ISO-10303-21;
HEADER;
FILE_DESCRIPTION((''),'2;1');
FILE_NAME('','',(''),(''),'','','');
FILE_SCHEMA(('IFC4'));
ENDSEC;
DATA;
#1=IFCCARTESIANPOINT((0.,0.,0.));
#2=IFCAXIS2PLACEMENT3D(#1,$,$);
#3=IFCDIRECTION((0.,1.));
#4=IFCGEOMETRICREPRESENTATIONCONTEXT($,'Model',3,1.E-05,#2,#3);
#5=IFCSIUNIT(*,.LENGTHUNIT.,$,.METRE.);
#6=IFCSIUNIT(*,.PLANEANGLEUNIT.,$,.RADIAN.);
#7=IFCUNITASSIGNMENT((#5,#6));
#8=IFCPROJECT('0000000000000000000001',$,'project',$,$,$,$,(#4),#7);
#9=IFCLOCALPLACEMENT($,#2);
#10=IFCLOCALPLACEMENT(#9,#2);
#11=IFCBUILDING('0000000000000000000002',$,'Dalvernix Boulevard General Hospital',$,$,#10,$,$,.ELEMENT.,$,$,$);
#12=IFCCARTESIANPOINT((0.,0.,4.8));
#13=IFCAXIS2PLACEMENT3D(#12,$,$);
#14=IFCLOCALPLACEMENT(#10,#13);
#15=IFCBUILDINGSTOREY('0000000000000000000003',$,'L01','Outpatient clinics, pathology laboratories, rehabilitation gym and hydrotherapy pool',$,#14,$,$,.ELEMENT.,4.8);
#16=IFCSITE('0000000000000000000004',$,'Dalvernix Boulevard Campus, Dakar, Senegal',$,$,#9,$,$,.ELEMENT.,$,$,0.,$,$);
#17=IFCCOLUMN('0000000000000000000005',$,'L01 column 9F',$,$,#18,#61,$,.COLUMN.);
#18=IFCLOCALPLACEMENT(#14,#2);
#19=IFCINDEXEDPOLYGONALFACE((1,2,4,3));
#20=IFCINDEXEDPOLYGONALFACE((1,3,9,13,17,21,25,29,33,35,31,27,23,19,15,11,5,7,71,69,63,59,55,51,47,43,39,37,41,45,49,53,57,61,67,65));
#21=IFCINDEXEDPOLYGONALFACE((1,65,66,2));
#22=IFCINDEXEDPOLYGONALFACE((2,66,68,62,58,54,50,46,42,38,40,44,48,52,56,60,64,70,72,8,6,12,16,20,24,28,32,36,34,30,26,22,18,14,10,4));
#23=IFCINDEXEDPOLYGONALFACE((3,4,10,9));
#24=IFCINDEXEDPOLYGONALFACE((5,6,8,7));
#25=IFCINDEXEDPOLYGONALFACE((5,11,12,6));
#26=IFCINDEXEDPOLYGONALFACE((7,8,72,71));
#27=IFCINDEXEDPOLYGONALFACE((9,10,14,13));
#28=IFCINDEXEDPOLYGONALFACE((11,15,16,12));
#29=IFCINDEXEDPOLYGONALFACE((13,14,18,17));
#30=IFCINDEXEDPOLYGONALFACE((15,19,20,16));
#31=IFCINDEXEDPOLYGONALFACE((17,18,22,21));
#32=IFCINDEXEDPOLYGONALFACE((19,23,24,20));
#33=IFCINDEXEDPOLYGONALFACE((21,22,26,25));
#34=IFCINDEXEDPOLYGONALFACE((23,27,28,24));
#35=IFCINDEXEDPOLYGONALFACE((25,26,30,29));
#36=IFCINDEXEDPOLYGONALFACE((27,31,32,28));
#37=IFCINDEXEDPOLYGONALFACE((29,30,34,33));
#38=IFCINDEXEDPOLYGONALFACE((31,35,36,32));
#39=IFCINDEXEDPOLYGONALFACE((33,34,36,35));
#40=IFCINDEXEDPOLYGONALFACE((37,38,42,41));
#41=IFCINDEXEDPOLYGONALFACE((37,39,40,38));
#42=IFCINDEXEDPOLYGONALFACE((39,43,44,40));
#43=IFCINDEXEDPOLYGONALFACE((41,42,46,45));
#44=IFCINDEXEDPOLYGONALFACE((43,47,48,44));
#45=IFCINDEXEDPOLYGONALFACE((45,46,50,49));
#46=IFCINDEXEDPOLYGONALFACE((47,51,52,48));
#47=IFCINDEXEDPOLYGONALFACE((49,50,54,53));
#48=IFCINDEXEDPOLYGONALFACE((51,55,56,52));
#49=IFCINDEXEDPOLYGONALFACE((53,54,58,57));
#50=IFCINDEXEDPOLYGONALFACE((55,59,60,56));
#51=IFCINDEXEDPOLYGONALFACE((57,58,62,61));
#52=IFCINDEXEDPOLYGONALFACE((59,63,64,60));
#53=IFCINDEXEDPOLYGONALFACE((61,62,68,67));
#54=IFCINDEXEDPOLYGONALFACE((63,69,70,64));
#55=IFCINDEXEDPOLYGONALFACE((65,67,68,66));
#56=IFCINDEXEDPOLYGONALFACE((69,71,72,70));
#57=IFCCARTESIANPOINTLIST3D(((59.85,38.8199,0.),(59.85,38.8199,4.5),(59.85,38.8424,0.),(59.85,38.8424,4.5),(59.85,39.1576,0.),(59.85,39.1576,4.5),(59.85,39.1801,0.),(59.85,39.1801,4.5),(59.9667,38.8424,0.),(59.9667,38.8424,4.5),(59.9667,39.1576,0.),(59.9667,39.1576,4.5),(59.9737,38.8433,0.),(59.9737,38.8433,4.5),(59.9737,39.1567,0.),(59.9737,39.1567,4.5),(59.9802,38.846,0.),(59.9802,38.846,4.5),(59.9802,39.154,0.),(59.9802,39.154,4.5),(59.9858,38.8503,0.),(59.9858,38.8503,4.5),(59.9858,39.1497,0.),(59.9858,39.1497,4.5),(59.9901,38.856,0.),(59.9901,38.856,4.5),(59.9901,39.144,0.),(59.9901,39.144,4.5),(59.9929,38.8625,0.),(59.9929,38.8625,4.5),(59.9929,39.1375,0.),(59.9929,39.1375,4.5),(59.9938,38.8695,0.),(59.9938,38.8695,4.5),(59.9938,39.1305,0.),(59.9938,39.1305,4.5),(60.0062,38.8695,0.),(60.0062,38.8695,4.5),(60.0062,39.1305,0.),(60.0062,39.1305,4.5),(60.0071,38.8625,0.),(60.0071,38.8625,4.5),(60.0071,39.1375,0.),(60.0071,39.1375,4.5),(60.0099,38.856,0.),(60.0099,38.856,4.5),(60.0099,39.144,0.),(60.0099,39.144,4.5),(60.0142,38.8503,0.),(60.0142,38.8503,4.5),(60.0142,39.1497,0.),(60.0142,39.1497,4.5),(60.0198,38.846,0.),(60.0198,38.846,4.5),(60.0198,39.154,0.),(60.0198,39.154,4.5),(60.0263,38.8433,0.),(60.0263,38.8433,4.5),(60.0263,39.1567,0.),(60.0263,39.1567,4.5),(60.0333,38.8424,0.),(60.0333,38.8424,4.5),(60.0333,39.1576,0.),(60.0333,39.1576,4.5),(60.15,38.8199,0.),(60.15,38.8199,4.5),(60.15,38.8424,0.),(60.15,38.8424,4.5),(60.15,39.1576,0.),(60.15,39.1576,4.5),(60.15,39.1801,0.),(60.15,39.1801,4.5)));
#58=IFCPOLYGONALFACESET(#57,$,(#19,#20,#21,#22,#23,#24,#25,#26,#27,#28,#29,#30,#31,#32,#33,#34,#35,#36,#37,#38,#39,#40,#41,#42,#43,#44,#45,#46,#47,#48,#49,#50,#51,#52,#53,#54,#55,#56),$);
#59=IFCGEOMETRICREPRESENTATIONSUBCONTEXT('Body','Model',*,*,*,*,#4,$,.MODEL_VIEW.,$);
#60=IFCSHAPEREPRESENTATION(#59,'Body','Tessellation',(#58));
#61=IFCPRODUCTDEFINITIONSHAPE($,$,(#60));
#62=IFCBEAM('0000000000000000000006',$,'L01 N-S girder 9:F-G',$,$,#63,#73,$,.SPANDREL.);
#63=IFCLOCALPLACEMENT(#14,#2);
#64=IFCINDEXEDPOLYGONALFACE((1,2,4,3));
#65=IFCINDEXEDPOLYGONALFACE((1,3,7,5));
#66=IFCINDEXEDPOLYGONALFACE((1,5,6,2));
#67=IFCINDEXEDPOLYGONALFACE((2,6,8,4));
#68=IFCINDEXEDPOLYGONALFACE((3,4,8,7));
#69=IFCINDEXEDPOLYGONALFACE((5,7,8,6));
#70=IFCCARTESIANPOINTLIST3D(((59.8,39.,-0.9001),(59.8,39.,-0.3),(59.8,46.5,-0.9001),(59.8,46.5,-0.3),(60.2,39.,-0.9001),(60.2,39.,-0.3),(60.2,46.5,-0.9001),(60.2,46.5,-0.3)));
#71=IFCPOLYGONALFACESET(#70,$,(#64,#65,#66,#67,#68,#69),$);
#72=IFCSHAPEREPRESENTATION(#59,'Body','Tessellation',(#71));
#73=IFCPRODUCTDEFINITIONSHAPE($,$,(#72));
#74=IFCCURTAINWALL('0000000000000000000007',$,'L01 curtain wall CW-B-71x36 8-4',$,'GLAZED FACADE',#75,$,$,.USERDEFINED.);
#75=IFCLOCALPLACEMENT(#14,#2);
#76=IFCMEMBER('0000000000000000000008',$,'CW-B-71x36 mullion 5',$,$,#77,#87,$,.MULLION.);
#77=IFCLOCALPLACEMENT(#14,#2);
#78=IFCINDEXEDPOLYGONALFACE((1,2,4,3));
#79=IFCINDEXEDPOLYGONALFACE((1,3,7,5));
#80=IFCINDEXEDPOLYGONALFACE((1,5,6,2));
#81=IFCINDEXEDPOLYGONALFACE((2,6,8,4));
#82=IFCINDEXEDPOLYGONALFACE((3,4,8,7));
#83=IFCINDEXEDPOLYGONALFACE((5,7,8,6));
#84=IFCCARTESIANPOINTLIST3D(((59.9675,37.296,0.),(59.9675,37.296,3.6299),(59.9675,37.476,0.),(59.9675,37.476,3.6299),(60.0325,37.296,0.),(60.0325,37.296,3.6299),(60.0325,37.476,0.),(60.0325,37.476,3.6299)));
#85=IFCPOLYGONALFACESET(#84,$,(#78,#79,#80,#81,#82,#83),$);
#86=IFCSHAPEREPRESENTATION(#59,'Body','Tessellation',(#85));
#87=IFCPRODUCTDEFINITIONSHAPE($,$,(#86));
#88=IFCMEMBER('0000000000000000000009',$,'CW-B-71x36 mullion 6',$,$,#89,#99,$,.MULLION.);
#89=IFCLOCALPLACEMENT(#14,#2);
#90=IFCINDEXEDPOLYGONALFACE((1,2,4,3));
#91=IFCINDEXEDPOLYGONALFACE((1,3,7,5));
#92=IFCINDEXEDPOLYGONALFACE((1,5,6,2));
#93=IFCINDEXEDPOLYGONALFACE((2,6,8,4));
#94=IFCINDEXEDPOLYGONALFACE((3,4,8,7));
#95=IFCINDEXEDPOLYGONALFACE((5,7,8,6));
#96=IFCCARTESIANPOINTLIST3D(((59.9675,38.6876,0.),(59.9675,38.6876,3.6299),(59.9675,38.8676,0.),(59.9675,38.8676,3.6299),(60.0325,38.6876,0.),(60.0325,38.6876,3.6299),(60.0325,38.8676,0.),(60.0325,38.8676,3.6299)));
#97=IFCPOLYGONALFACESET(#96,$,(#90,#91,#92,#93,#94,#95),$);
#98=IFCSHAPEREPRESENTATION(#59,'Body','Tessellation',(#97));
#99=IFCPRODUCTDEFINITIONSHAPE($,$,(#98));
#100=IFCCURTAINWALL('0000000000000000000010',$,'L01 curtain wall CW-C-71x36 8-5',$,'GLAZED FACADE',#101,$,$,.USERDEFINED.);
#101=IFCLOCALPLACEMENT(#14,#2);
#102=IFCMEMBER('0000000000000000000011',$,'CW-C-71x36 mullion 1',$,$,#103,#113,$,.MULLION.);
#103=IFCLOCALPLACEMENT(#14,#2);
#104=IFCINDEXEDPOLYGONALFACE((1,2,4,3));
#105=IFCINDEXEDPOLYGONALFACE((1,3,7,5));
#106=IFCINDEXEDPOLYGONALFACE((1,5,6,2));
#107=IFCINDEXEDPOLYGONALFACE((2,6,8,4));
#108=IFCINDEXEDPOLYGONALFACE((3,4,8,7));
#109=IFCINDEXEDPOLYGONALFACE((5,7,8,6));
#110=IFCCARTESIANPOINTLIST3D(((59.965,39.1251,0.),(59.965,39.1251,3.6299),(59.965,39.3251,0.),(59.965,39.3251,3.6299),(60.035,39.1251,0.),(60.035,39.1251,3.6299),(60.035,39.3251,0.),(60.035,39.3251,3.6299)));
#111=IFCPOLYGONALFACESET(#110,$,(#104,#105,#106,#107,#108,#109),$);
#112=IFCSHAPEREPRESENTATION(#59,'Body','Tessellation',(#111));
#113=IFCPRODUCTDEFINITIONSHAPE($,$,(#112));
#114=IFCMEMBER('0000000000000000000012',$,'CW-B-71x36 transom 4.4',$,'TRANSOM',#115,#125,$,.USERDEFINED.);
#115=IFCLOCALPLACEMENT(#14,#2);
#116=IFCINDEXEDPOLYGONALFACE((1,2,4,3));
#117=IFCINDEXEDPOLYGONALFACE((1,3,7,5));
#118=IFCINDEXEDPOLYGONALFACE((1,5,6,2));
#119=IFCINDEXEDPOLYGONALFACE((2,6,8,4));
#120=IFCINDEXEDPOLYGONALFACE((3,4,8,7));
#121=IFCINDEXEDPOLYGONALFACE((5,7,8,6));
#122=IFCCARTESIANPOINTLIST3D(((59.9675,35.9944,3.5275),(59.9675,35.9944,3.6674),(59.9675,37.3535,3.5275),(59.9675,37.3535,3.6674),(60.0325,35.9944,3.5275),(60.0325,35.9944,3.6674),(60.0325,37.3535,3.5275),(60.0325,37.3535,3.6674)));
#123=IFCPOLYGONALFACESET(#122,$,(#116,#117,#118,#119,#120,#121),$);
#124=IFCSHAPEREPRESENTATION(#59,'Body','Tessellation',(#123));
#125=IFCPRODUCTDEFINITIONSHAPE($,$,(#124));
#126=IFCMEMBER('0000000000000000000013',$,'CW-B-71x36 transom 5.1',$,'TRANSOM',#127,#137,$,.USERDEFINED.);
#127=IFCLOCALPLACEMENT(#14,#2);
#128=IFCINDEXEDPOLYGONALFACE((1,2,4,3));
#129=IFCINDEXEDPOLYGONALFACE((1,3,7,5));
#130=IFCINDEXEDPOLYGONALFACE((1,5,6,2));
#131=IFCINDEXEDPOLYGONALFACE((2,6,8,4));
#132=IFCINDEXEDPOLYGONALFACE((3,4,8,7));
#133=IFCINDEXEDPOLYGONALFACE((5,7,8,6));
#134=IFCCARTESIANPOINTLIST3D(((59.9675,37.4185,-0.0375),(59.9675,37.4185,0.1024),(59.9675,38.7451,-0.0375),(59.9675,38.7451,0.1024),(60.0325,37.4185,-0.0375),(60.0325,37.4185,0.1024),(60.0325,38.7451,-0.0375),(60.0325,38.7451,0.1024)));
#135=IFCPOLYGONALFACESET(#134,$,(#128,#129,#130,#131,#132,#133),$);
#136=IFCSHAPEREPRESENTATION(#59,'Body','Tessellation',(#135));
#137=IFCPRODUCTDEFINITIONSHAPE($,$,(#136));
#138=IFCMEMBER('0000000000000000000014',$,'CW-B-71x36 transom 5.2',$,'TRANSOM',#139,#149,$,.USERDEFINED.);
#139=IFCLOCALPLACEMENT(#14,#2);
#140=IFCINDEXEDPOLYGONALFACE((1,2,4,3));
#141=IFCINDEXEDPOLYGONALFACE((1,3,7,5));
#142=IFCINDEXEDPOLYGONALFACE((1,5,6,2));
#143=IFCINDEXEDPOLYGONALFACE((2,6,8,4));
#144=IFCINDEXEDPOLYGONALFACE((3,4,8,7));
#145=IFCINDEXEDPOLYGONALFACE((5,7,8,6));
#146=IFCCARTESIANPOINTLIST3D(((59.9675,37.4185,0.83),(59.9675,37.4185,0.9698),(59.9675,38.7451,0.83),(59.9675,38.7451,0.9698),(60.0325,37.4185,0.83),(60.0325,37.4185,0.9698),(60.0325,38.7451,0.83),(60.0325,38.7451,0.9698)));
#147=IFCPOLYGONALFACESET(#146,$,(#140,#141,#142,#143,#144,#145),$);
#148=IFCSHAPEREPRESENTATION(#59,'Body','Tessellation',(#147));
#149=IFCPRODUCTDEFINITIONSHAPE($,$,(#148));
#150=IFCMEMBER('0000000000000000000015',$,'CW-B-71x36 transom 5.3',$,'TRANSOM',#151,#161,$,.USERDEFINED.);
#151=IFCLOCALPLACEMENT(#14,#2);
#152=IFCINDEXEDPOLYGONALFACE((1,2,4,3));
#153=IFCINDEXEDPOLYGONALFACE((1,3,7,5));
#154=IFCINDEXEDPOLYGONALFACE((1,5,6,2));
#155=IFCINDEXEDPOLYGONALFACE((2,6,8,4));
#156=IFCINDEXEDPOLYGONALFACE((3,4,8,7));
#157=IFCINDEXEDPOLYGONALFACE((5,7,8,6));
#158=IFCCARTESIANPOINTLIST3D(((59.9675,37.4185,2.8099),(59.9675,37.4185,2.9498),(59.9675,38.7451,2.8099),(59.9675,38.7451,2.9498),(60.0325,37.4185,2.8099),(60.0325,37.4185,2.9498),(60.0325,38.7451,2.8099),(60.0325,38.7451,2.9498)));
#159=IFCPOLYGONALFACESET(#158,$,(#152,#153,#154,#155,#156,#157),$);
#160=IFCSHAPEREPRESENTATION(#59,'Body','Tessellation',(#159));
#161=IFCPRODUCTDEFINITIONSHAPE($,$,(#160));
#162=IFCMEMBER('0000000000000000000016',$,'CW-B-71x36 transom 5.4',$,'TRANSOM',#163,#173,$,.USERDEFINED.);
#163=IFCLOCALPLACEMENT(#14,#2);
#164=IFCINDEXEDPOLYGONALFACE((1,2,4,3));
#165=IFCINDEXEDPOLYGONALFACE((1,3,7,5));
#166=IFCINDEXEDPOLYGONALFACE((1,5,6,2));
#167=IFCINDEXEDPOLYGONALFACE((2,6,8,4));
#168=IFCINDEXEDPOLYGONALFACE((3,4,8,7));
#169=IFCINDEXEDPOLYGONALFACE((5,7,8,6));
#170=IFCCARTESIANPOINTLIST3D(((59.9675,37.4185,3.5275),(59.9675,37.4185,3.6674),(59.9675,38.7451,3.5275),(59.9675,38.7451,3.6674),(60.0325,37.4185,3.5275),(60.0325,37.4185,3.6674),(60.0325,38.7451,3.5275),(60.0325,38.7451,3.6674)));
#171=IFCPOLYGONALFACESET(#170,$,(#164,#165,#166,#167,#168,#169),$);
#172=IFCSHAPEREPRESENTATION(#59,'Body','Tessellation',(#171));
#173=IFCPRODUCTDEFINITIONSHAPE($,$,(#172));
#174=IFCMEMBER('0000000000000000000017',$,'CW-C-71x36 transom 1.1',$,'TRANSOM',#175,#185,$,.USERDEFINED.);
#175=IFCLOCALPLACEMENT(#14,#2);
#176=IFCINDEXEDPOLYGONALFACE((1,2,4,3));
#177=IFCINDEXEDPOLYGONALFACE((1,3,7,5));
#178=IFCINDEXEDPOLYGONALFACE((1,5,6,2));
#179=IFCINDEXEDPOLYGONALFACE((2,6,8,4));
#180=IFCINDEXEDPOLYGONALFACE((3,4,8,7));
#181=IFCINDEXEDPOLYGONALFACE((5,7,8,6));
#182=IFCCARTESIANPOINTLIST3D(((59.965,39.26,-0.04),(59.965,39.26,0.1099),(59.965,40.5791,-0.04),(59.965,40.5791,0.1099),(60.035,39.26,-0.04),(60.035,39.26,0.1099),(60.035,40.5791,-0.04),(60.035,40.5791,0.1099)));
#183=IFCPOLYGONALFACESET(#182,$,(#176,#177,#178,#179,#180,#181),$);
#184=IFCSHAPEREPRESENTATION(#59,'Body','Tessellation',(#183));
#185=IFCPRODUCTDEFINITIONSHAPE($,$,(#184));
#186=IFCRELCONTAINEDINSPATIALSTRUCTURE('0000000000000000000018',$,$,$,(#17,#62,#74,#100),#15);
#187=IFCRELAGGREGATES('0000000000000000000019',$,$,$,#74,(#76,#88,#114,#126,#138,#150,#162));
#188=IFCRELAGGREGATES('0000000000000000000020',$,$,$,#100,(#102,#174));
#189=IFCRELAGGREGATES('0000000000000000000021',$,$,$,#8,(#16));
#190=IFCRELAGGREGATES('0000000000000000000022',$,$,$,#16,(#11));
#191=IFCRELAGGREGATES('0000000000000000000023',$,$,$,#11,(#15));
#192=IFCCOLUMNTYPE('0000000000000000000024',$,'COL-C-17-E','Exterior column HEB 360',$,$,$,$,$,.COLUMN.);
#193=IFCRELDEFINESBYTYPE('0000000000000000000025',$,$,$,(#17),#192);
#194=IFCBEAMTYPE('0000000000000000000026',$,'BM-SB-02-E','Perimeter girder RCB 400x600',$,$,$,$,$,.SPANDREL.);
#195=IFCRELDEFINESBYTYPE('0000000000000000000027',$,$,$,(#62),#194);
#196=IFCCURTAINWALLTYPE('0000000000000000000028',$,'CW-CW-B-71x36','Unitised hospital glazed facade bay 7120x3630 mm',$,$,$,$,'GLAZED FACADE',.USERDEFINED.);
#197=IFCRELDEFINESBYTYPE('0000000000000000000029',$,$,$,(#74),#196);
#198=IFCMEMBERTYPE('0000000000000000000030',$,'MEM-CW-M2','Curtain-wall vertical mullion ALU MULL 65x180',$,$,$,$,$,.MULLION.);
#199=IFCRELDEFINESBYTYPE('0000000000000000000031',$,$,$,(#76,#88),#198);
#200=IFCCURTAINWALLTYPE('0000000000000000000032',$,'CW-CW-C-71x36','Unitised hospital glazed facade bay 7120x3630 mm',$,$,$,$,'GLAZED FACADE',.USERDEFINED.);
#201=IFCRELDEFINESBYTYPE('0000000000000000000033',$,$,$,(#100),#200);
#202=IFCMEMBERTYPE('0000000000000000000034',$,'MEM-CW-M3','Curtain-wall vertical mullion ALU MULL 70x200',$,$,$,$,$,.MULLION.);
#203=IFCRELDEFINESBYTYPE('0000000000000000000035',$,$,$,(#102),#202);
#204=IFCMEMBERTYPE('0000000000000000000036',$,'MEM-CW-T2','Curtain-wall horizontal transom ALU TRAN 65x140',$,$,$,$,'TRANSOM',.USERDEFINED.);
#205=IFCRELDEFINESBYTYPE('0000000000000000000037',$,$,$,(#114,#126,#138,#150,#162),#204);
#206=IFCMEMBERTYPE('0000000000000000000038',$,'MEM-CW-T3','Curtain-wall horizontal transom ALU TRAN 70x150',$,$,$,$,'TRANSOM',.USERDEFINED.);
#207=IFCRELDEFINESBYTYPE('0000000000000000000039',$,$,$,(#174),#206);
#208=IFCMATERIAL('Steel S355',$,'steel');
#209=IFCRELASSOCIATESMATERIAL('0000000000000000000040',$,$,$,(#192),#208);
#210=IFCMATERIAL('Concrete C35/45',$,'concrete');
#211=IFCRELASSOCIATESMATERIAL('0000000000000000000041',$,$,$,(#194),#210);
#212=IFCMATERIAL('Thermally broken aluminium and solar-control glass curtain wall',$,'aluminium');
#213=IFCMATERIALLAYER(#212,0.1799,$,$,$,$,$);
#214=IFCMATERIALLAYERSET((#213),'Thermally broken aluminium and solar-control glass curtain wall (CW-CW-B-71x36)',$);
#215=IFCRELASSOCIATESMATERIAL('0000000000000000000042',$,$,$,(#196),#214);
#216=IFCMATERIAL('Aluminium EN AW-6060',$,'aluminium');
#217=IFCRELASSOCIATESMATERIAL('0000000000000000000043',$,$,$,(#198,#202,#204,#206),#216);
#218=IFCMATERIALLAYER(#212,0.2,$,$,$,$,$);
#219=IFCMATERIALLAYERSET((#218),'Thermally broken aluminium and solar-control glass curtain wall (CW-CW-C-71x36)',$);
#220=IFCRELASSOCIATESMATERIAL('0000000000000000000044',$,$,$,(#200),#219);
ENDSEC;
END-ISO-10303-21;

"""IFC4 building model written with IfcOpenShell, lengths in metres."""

from ifc_helpers import new_model, si_unit, direction, frame, origin, origin_2d, place, context, subcontext, project, spatial, rectangle, i_section, extrude, material, layer, layer_set, material_profile, profile_set, type_object, element, aggregate, save


model = new_model("IFC4")

# Units and contexts
model_context = context("Model", 3, precision=1e-05, world=origin(), true_north=direction((0.0, 1.0)))
body_context = subcontext(model_context, "Body", "Model", "MODEL_VIEW")
ifc_project = project(units=[si_unit("LENGTHUNIT", "METRE"), si_unit("PLANEANGLEUNIT", "RADIAN")], contexts=[model_context])

# Site, building, storey
site_placement = place(None, origin())
site = spatial("IfcSite", under=ifc_project, at=site_placement, Name="Dalvernix Boulevard Campus, Dakar, Senegal", CompositionType="ELEMENT", RefElevation=0.0)
building_placement = place(site_placement, origin())
building = spatial("IfcBuilding", under=site, at=building_placement, Name="Dalvernix Boulevard General Hospital", CompositionType="ELEMENT")
storey_placement = place(building_placement, frame((0.0, 0.0, 4.8)))
storey = spatial("IfcBuildingStorey", under=building, at=storey_placement, Name="L01", Description="Outpatient clinics, pathology laboratories, rehabilitation gym and hydrotherapy pool", CompositionType="ELEMENT", Elevation=4.8)

# Column
ifc_material_1 = material(Name="Steel S355", Category="steel")
ifc_material_profile_1 = material_profile(ifc_material_1, i_section(OverallWidth=0.3, OverallDepth=0.3601, WebThickness=0.0125, FlangeThickness=0.0225, FilletRadius=0.0271, at=origin_2d()), Name="HEB 360")
ifc_profile_set_1 = profile_set([ifc_material_profile_1], Name="Steel S355")
column_type = type_object("IfcColumnType", Name="COL-C-17-E", Description="Exterior column HEB 360", PredefinedType="COLUMN", material=ifc_profile_set_1)
column_placement = place(storey_placement, frame((60.0, 39.0, 0.0), z_axis=(0.0, 0.0, 1.0), x_axis=(1.0, 0.0, 0.0)))
element("IfcColumn", 1, at=column_placement, inside=storey, type_object=column_type, Name="L01 column 9F", PredefinedType="COLUMN", context=body_context, shape_type="SweptSolid", body=[
    extrude(i_section(OverallWidth=0.3, OverallDepth=0.3601, WebThickness=0.0125, FlangeThickness=0.0225, FilletRadius=0.0271, at=origin_2d()), origin(), (0.0, 0.0, 1.0), 4.5),
])

# Beam
ifc_material_2 = material(Name="Concrete C35/45", Category="concrete")
ifc_material_profile_2 = material_profile(ifc_material_2, rectangle(XDim=0.3999, YDim=0.6001, at=origin_2d()), Name="RCB 400x600")
ifc_profile_set_2 = profile_set([ifc_material_profile_2], Name="Concrete C35/45")
beam_type = type_object("IfcBeamType", Name="BM-SB-02-E", Description="Perimeter girder RCB 400x600", PredefinedType="SPANDREL", material=ifc_profile_set_2)
beam_placement = place(storey_placement, frame((60.0, 39.0, -0.6001), z_axis=(0.0, 1.0, 0.0), x_axis=(-1.0, 0.0, 0.0)))
element("IfcBeam", 2, at=beam_placement, inside=storey, type_object=beam_type, Name="L01 N-S girder 9:F-G", PredefinedType="SPANDREL", context=body_context, shape_type="SweptSolid", body=[
    extrude(rectangle(XDim=0.3999, YDim=0.6001, at=origin_2d()), origin(), (0.0, 0.0, 1.0), 7.5),
])

# Curtain wall, members
ifc_material_3 = material(Name="Thermally broken aluminium and solar-control glass curtain wall", Category="aluminium")
ifc_layer_1 = layer(ifc_material_3, 0.1799)
ifc_layer_set_1 = layer_set([ifc_layer_1], Name="Thermally broken aluminium and solar-control glass curtain wall (CW-CW-B-71x36)")
curtain_wall_type_1 = type_object("IfcCurtainWallType", Name="CW-CW-B-71x36", Description="Unitised hospital glazed facade bay 7120x3630 mm", ElementType="GLAZED FACADE", PredefinedType="USERDEFINED", material=ifc_layer_set_1)
curtain_wall_1_placement = place(storey_placement, origin())
curtain_wall_1 = element("IfcCurtainWall", 3, at=curtain_wall_1_placement, inside=storey, type_object=curtain_wall_type_1, Name="L01 curtain wall CW-B-71x36 8-4", ObjectType="GLAZED FACADE", PredefinedType="USERDEFINED")
ifc_material_4 = material(Name="Aluminium EN AW-6060", Category="aluminium")
ifc_material_profile_3 = material_profile(ifc_material_4, rectangle(XDim=0.0649, YDim=0.1799, at=origin_2d()), Name="ALU MULL 65x180")
ifc_profile_set_3 = profile_set([ifc_material_profile_3], Name="Aluminium EN AW-6060")
member_type_1 = type_object("IfcMemberType", Name="MEM-CW-M2", Description="Curtain-wall vertical mullion ALU MULL 65x180", PredefinedType="MULLION", material=ifc_profile_set_3)
member_1_placement = place(storey_placement, frame((60.0, 37.386, 0.0), z_axis=(0.0, 0.0, 1.0), x_axis=(-1.0, 0.0, 0.0)))
member_1 = element("IfcMember", 4, at=member_1_placement, type_object=member_type_1, Name="CW-B-71x36 mullion 5", PredefinedType="MULLION", context=body_context, shape_type="SweptSolid", body=[
    extrude(rectangle(XDim=0.0649, YDim=0.1799, at=origin_2d()), origin(), (0.0, 0.0, 1.0), 3.6299),
])
member_2_placement = place(storey_placement, frame((60.0, 38.7776, 0.0), z_axis=(0.0, 0.0, 1.0), x_axis=(-1.0, 0.0, 0.0)))
member_2 = element("IfcMember", 5, at=member_2_placement, type_object=member_type_1, Name="CW-B-71x36 mullion 6", PredefinedType="MULLION", context=body_context, shape_type="SweptSolid", body=[
    extrude(rectangle(XDim=0.0649, YDim=0.1799, at=origin_2d()), origin(), (0.0, 0.0, 1.0), 3.6299),
])

# Curtain wall, member
ifc_layer_2 = layer(ifc_material_3, 0.2)
ifc_layer_set_2 = layer_set([ifc_layer_2], Name="Thermally broken aluminium and solar-control glass curtain wall (CW-CW-C-71x36)")
curtain_wall_type_2 = type_object("IfcCurtainWallType", Name="CW-CW-C-71x36", Description="Unitised hospital glazed facade bay 7120x3630 mm", ElementType="GLAZED FACADE", PredefinedType="USERDEFINED", material=ifc_layer_set_2)
curtain_wall_2_placement = place(storey_placement, origin())
curtain_wall_2 = element("IfcCurtainWall", 6, at=curtain_wall_2_placement, inside=storey, type_object=curtain_wall_type_2, Name="L01 curtain wall CW-C-71x36 8-5", ObjectType="GLAZED FACADE", PredefinedType="USERDEFINED")
ifc_material_profile_4 = material_profile(ifc_material_4, rectangle(XDim=0.0701, YDim=0.2, at=origin_2d()), Name="ALU MULL 70x200")
ifc_profile_set_4 = profile_set([ifc_material_profile_4], Name="Aluminium EN AW-6060")
member_type_2 = type_object("IfcMemberType", Name="MEM-CW-M3", Description="Curtain-wall vertical mullion ALU MULL 70x200", PredefinedType="MULLION", material=ifc_profile_set_4)
member_3_placement = place(storey_placement, frame((60.0, 39.2251, 0.0), z_axis=(0.0, 0.0, 1.0), x_axis=(-1.0, 0.0, 0.0)))
member_3 = element("IfcMember", 7, at=member_3_placement, type_object=member_type_2, Name="CW-C-71x36 mullion 1", PredefinedType="MULLION", context=body_context, shape_type="SweptSolid", body=[
    extrude(rectangle(XDim=0.0701, YDim=0.2, at=origin_2d()), origin(), (0.0, 0.0, 1.0), 3.6299),
])

# Members
ifc_material_profile_5 = material_profile(ifc_material_4, rectangle(XDim=0.0649, YDim=0.1399, at=origin_2d()), Name="ALU TRAN 65x140")
ifc_profile_set_5 = profile_set([ifc_material_profile_5], Name="Aluminium EN AW-6060")
member_type_3 = type_object("IfcMemberType", Name="MEM-CW-T2", Description="Curtain-wall horizontal transom ALU TRAN 65x140", ElementType="TRANSOM", PredefinedType="USERDEFINED", material=ifc_profile_set_5)
member_4_placement = place(storey_placement, frame((60.0, 35.9944, 3.5974), z_axis=(0.0, 1.0, 0.0), x_axis=(-1.0, 0.0, 0.0)))
member_4 = element("IfcMember", 8, at=member_4_placement, type_object=member_type_3, Name="CW-B-71x36 transom 4.4", ObjectType="TRANSOM", PredefinedType="USERDEFINED", context=body_context, shape_type="SweptSolid", body=[
    extrude(rectangle(XDim=0.0649, YDim=0.1399, at=origin_2d()), origin(), (0.0, 0.0, 1.0), 1.3591),
])
member_5_placement = place(storey_placement, frame((60.0, 37.4185, 0.0325), z_axis=(0.0, 1.0, 0.0), x_axis=(-1.0, 0.0, 0.0)))
member_5 = element("IfcMember", 9, at=member_5_placement, type_object=member_type_3, Name="CW-B-71x36 transom 5.1", ObjectType="TRANSOM", PredefinedType="USERDEFINED", context=body_context, shape_type="SweptSolid", body=[
    extrude(rectangle(XDim=0.0649, YDim=0.1399, at=origin_2d()), origin(), (0.0, 0.0, 1.0), 1.3267),
])
member_6_placement = place(storey_placement, frame((60.0, 37.4185, 0.8999), z_axis=(0.0, 1.0, 0.0), x_axis=(-1.0, 0.0, 0.0)))
member_6 = element("IfcMember", 10, at=member_6_placement, type_object=member_type_3, Name="CW-B-71x36 transom 5.2", ObjectType="TRANSOM", PredefinedType="USERDEFINED", context=body_context, shape_type="SweptSolid", body=[
    extrude(rectangle(XDim=0.0649, YDim=0.1399, at=origin_2d()), origin(), (0.0, 0.0, 1.0), 1.3267),
])
member_7_placement = place(storey_placement, frame((60.0, 37.4185, 2.8799), z_axis=(0.0, 1.0, 0.0), x_axis=(-1.0, 0.0, 0.0)))
member_7 = element("IfcMember", 11, at=member_7_placement, type_object=member_type_3, Name="CW-B-71x36 transom 5.3", ObjectType="TRANSOM", PredefinedType="USERDEFINED", context=body_context, shape_type="SweptSolid", body=[
    extrude(rectangle(XDim=0.0649, YDim=0.1399, at=origin_2d()), origin(), (0.0, 0.0, 1.0), 1.3267),
])
member_8_placement = place(storey_placement, frame((60.0, 37.4185, 3.5974), z_axis=(0.0, 1.0, 0.0), x_axis=(-1.0, 0.0, 0.0)))
member_8 = element("IfcMember", 12, at=member_8_placement, type_object=member_type_3, Name="CW-B-71x36 transom 5.4", ObjectType="TRANSOM", PredefinedType="USERDEFINED", context=body_context, shape_type="SweptSolid", body=[
    extrude(rectangle(XDim=0.0649, YDim=0.1399, at=origin_2d()), origin(), (0.0, 0.0, 1.0), 1.3267),
])
ifc_material_profile_6 = material_profile(ifc_material_4, rectangle(XDim=0.0701, YDim=0.1499, at=origin_2d()), Name="ALU TRAN 70x150")
ifc_profile_set_6 = profile_set([ifc_material_profile_6], Name="Aluminium EN AW-6060")
member_type_4 = type_object("IfcMemberType", Name="MEM-CW-T3", Description="Curtain-wall horizontal transom ALU TRAN 70x150", ElementType="TRANSOM", PredefinedType="USERDEFINED", material=ifc_profile_set_6)
member_9_placement = place(storey_placement, frame((60.0, 39.26, 0.0349), z_axis=(0.0, 1.0, 0.0), x_axis=(-1.0, 0.0, 0.0)))
member_9 = element("IfcMember", 13, at=member_9_placement, type_object=member_type_4, Name="CW-C-71x36 transom 1.1", ObjectType="TRANSOM", PredefinedType="USERDEFINED", context=body_context, shape_type="SweptSolid", body=[
    extrude(rectangle(XDim=0.0701, YDim=0.1499, at=origin_2d()), origin(), (0.0, 0.0, 1.0), 1.3191),
])

aggregate(curtain_wall_1, [member_1, member_2, member_4, member_5, member_6, member_7, member_8])
aggregate(curtain_wall_2, [member_3, member_9])

save(model, "model.ifc")
